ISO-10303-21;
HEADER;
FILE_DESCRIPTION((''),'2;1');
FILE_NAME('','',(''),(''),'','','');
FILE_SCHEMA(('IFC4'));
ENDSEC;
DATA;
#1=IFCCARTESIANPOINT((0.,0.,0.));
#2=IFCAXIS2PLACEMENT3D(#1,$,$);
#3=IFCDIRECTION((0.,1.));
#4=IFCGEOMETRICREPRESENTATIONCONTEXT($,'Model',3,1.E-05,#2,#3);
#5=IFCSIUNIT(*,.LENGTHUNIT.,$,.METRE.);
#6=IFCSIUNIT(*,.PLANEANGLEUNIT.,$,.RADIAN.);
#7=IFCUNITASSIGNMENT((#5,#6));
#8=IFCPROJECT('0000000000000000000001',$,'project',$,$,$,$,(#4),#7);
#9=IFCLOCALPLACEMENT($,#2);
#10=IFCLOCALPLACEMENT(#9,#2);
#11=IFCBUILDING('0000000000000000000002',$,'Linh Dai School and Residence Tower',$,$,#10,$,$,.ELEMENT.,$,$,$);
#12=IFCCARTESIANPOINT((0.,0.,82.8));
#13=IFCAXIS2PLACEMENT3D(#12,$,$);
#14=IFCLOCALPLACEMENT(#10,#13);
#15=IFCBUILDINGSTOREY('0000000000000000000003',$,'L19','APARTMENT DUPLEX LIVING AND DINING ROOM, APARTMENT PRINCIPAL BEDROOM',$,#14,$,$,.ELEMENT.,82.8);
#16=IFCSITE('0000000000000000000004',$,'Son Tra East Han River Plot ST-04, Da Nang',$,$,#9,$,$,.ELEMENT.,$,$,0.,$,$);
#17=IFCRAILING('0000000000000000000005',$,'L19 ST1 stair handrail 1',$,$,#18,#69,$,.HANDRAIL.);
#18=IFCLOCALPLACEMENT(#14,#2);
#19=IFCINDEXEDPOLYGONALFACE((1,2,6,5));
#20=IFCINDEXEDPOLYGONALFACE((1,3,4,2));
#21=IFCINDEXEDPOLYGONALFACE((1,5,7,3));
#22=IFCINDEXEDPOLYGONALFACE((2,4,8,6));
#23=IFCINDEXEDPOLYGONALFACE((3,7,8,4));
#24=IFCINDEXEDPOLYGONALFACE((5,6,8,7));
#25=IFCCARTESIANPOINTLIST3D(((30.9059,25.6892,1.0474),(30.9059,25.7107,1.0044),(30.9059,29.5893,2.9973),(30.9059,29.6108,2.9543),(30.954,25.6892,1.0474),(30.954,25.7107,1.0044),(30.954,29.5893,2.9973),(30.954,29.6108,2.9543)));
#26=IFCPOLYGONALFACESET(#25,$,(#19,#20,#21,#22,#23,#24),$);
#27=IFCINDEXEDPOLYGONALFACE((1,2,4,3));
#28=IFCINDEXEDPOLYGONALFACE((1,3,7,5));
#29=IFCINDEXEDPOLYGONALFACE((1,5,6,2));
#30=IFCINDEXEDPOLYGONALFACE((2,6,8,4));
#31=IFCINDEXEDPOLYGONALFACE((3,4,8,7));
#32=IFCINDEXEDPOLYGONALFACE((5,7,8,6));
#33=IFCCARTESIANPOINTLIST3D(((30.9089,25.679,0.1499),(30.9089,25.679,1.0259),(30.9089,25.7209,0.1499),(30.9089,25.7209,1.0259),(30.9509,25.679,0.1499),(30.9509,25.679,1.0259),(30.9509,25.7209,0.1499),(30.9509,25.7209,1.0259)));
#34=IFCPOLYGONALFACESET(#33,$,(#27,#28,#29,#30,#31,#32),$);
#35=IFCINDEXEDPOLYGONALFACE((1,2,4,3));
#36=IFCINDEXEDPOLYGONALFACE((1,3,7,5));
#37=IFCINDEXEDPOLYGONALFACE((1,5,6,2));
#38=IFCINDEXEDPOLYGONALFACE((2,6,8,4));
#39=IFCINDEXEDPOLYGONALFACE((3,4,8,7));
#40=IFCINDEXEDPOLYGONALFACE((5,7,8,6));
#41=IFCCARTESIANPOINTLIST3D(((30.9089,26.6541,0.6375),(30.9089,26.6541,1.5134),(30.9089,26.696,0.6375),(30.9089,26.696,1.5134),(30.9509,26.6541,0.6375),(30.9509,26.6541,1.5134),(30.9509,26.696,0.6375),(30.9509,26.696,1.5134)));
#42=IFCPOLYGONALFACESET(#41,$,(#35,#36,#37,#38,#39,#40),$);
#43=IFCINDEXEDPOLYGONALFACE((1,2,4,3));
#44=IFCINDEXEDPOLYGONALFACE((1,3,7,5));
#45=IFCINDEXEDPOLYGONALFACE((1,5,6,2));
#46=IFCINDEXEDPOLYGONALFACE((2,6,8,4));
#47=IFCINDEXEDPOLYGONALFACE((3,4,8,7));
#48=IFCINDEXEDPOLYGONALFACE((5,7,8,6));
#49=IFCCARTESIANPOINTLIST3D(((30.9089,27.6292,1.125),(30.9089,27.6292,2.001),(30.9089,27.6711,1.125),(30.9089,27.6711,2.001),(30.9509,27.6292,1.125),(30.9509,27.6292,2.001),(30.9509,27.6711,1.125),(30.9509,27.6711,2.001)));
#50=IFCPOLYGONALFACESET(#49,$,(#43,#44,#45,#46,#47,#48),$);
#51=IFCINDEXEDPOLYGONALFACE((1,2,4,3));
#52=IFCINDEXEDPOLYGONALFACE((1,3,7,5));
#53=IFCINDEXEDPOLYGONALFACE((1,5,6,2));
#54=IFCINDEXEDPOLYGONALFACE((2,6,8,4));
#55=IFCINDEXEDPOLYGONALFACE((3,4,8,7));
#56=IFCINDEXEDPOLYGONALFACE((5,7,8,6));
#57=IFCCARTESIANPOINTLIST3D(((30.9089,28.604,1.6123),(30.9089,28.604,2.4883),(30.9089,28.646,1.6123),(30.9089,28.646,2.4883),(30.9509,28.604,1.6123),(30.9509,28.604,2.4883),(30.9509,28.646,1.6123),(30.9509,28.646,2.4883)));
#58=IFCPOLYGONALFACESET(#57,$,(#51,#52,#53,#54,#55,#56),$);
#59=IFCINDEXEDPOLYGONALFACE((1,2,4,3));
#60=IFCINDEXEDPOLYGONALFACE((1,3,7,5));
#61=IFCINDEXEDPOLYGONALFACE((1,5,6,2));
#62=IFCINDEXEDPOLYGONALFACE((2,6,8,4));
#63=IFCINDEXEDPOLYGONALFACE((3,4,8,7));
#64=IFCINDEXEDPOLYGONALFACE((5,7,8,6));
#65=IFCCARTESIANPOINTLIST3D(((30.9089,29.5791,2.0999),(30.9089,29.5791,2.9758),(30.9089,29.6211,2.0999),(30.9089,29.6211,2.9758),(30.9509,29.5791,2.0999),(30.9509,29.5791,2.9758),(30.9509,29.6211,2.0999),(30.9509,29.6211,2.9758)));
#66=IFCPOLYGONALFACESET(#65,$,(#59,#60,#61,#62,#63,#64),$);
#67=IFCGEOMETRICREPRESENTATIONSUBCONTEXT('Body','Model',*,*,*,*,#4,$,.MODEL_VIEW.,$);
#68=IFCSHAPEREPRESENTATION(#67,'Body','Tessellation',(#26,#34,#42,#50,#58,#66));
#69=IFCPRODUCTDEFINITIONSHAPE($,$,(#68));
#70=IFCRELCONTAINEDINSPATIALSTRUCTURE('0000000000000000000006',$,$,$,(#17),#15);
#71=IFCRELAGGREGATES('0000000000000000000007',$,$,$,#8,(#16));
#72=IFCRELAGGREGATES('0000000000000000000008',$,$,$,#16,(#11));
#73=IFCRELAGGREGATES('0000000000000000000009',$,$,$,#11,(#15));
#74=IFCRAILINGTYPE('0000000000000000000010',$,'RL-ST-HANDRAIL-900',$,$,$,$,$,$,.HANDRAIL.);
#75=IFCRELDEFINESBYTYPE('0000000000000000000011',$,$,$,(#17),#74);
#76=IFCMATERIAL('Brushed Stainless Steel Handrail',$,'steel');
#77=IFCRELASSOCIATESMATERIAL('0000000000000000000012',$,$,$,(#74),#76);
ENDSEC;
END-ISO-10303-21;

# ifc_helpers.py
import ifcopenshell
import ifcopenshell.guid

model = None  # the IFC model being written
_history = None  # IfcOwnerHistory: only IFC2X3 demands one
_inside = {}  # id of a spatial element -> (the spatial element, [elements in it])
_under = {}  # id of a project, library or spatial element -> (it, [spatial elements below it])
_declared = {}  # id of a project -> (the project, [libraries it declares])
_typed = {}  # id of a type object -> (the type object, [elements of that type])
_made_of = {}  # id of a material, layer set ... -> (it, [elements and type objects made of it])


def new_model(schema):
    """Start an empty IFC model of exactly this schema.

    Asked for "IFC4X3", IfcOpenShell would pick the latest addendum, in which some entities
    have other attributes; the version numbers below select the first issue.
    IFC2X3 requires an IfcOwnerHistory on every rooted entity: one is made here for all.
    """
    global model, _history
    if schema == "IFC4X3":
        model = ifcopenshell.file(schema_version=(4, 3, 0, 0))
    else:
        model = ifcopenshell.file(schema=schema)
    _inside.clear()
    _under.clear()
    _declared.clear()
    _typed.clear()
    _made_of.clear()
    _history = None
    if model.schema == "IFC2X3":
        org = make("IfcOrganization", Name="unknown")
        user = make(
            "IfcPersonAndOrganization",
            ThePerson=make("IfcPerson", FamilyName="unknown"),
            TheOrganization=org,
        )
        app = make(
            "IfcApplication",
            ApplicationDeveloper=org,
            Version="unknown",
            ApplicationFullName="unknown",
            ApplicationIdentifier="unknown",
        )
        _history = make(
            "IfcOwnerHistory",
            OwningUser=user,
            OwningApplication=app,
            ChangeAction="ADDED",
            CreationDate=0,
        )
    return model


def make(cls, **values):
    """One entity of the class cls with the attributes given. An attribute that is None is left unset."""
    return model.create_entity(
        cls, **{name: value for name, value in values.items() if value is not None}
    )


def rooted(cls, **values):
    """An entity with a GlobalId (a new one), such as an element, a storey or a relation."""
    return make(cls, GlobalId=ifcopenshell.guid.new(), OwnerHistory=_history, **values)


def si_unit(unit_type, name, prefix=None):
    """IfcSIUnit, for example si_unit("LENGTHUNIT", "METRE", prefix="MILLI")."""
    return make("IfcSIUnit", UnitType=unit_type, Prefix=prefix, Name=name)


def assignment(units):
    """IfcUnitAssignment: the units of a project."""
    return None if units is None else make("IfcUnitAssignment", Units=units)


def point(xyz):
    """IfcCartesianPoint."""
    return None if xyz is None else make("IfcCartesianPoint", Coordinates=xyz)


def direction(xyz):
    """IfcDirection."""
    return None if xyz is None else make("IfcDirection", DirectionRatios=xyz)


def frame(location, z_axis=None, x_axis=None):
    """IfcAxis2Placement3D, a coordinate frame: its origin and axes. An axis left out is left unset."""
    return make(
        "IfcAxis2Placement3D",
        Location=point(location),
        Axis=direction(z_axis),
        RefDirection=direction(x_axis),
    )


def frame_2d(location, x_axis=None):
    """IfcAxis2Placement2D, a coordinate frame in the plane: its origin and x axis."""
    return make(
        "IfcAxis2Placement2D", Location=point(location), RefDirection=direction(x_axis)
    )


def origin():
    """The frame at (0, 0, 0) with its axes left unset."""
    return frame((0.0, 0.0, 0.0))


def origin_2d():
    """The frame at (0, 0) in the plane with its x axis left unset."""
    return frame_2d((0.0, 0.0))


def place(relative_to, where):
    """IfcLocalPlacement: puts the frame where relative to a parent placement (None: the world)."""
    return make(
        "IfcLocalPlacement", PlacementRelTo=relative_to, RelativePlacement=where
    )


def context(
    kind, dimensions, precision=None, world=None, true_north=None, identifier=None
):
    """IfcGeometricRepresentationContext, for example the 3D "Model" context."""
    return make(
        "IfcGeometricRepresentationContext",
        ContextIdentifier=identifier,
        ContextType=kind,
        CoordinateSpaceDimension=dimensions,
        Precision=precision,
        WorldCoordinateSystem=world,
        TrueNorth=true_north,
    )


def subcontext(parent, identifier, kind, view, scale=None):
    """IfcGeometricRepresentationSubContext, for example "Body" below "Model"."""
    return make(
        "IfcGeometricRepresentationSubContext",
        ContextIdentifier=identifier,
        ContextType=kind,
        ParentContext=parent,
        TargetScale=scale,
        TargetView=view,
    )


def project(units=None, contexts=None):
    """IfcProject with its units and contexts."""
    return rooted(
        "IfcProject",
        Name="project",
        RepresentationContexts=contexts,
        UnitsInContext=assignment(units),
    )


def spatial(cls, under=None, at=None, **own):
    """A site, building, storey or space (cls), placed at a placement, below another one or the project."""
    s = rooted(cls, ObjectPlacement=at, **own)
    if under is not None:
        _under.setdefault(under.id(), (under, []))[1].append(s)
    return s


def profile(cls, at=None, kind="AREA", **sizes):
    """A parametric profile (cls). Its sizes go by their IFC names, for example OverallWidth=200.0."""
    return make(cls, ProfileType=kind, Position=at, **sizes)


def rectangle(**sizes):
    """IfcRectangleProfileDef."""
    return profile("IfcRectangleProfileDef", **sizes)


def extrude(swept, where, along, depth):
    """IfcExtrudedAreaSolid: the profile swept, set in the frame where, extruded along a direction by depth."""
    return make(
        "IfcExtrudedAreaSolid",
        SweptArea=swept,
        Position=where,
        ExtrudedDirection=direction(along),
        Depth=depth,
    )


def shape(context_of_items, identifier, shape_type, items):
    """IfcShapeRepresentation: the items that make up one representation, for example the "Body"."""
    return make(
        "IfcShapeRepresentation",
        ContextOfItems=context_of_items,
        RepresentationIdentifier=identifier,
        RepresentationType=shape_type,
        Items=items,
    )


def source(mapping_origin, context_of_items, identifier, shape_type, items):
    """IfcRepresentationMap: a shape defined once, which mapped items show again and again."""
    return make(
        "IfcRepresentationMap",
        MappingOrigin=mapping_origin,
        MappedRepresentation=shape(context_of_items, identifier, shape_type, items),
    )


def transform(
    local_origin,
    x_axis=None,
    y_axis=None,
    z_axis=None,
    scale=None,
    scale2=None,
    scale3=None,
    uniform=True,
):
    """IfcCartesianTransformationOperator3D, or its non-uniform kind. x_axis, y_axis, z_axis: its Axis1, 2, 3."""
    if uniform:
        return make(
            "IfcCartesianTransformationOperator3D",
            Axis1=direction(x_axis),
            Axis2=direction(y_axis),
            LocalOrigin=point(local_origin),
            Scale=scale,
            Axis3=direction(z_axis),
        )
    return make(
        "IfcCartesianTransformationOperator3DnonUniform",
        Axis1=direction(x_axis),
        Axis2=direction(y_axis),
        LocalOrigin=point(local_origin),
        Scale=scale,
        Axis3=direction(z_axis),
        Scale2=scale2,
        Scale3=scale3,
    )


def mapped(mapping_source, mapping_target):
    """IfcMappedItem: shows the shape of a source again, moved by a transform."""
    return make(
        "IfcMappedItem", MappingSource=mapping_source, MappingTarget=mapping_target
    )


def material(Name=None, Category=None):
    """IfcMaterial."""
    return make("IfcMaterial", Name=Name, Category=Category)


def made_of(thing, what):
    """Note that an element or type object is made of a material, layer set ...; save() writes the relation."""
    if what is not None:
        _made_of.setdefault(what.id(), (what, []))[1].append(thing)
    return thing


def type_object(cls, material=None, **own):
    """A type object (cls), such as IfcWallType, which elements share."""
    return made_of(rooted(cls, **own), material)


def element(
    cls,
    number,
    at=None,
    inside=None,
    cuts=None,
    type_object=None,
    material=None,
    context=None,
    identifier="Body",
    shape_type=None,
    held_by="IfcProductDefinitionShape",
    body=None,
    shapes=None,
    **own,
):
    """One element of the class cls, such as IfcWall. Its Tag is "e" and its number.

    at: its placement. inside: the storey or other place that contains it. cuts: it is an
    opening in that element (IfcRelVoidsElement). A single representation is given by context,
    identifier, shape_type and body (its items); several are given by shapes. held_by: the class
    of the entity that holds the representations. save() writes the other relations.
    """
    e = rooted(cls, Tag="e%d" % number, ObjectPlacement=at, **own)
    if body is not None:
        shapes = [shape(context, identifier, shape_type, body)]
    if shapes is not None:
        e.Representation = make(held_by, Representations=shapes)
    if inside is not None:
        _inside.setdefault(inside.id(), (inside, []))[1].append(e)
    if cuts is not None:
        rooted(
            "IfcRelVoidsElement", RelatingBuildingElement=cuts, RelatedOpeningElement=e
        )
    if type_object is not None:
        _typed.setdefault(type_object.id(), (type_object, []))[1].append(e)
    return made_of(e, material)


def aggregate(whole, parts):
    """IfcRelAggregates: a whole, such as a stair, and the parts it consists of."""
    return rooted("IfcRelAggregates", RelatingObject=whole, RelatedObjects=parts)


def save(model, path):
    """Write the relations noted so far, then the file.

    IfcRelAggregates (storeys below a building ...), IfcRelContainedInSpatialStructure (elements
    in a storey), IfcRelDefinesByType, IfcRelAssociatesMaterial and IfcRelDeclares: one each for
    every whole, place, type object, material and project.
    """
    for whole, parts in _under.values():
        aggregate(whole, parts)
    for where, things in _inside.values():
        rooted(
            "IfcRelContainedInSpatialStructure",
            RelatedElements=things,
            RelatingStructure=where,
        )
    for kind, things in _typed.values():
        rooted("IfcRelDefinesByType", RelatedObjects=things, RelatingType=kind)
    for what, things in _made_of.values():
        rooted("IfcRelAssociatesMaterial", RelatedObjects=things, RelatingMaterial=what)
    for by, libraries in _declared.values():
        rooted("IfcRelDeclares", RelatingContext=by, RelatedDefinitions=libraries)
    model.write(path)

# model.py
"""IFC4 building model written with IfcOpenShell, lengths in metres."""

from ifc_helpers import new_model, si_unit, direction, frame, origin, origin_2d, place, context, subcontext, project, spatial, rectangle, extrude, source, transform, mapped, material, type_object, element, save


model = new_model("IFC4")

# Units and contexts
model_context = context("Model", 3, precision=1e-05, world=origin(), true_north=direction((0.0, 1.0)))
body_context = subcontext(model_context, "Body", "Model", "MODEL_VIEW")
ifc_project = project(units=[si_unit("LENGTHUNIT", "METRE"), si_unit("PLANEANGLEUNIT", "RADIAN")], contexts=[model_context])

# Site, building, storey
site_placement = place(None, origin())
site = spatial("IfcSite", under=ifc_project, at=site_placement, Name="Son Tra East Han River Plot ST-04, Da Nang", CompositionType="ELEMENT", RefElevation=0.0)
building_placement = place(site_placement, origin())
building = spatial("IfcBuilding", under=site, at=building_placement, Name="Linh Dai School and Residence Tower", CompositionType="ELEMENT")
storey_placement = place(building_placement, frame((0.0, 0.0, 82.8)))
storey = spatial("IfcBuildingStorey", under=building, at=storey_placement, Name="L19", Description="APARTMENT DUPLEX LIVING AND DINING ROOM, APARTMENT PRINCIPAL BEDROOM", CompositionType="ELEMENT", Elevation=82.8)

# Railing
ifc_material_1 = material(Name="Brushed Stainless Steel Handrail", Category="steel")
railing_type_1 = type_object("IfcRailingType", Name="RL-ST-HANDRAIL-900", PredefinedType="HANDRAIL", material=ifc_material_1)
shared_shape_1 = source(origin(), body_context, "Body", "SweptSolid", [
    extrude(rectangle(XDim=0.0481, YDim=0.0481, at=origin_2d()), frame((0.0, 0.0, 0.876), z_axis=(0.0, 0.894438, 0.447191), x_axis=(-1.0, 0.0, 0.0)), (0.0, 0.0, 1.0), 4.3604),
    extrude(rectangle(XDim=0.042, YDim=0.042, at=origin_2d()), origin(), (0.0, 0.0, 1.0), 0.876),
    extrude(rectangle(XDim=0.042, YDim=0.042, at=origin_2d()), frame((0.0, 0.9751, 0.4875)), (0.0, 0.0, 1.0), 0.876),
    extrude(rectangle(XDim=0.042, YDim=0.042, at=origin_2d()), frame((0.0, 1.9502, 0.9751)), (0.0, 0.0, 1.0), 0.876),
    extrude(rectangle(XDim=0.042, YDim=0.042, at=origin_2d()), frame((0.0, 2.925, 1.4624)), (0.0, 0.0, 1.0), 0.876),
    extrude(rectangle(XDim=0.042, YDim=0.042, at=origin_2d()), frame((0.0, 3.9001, 1.95)), (0.0, 0.0, 1.0), 0.876),
])
railing_1_placement = place(storey_placement, frame((30.9299, 25.7, 0.1499)))
element("IfcRailing", 1, at=railing_1_placement, inside=storey, type_object=railing_type_1, Name="L19 ST1 stair handrail 1", PredefinedType="HANDRAIL", context=body_context, shape_type="MappedRepresentation", body=[
    mapped(shared_shape_1, transform((0.0, 0.0, 0.0), x_axis=(1.0, 0.0, 0.0), y_axis=(0.0, 1.0, 0.0), z_axis=(0.0, 0.0, 1.0), scale=1.0)),
])

save(model, "model.ifc")
